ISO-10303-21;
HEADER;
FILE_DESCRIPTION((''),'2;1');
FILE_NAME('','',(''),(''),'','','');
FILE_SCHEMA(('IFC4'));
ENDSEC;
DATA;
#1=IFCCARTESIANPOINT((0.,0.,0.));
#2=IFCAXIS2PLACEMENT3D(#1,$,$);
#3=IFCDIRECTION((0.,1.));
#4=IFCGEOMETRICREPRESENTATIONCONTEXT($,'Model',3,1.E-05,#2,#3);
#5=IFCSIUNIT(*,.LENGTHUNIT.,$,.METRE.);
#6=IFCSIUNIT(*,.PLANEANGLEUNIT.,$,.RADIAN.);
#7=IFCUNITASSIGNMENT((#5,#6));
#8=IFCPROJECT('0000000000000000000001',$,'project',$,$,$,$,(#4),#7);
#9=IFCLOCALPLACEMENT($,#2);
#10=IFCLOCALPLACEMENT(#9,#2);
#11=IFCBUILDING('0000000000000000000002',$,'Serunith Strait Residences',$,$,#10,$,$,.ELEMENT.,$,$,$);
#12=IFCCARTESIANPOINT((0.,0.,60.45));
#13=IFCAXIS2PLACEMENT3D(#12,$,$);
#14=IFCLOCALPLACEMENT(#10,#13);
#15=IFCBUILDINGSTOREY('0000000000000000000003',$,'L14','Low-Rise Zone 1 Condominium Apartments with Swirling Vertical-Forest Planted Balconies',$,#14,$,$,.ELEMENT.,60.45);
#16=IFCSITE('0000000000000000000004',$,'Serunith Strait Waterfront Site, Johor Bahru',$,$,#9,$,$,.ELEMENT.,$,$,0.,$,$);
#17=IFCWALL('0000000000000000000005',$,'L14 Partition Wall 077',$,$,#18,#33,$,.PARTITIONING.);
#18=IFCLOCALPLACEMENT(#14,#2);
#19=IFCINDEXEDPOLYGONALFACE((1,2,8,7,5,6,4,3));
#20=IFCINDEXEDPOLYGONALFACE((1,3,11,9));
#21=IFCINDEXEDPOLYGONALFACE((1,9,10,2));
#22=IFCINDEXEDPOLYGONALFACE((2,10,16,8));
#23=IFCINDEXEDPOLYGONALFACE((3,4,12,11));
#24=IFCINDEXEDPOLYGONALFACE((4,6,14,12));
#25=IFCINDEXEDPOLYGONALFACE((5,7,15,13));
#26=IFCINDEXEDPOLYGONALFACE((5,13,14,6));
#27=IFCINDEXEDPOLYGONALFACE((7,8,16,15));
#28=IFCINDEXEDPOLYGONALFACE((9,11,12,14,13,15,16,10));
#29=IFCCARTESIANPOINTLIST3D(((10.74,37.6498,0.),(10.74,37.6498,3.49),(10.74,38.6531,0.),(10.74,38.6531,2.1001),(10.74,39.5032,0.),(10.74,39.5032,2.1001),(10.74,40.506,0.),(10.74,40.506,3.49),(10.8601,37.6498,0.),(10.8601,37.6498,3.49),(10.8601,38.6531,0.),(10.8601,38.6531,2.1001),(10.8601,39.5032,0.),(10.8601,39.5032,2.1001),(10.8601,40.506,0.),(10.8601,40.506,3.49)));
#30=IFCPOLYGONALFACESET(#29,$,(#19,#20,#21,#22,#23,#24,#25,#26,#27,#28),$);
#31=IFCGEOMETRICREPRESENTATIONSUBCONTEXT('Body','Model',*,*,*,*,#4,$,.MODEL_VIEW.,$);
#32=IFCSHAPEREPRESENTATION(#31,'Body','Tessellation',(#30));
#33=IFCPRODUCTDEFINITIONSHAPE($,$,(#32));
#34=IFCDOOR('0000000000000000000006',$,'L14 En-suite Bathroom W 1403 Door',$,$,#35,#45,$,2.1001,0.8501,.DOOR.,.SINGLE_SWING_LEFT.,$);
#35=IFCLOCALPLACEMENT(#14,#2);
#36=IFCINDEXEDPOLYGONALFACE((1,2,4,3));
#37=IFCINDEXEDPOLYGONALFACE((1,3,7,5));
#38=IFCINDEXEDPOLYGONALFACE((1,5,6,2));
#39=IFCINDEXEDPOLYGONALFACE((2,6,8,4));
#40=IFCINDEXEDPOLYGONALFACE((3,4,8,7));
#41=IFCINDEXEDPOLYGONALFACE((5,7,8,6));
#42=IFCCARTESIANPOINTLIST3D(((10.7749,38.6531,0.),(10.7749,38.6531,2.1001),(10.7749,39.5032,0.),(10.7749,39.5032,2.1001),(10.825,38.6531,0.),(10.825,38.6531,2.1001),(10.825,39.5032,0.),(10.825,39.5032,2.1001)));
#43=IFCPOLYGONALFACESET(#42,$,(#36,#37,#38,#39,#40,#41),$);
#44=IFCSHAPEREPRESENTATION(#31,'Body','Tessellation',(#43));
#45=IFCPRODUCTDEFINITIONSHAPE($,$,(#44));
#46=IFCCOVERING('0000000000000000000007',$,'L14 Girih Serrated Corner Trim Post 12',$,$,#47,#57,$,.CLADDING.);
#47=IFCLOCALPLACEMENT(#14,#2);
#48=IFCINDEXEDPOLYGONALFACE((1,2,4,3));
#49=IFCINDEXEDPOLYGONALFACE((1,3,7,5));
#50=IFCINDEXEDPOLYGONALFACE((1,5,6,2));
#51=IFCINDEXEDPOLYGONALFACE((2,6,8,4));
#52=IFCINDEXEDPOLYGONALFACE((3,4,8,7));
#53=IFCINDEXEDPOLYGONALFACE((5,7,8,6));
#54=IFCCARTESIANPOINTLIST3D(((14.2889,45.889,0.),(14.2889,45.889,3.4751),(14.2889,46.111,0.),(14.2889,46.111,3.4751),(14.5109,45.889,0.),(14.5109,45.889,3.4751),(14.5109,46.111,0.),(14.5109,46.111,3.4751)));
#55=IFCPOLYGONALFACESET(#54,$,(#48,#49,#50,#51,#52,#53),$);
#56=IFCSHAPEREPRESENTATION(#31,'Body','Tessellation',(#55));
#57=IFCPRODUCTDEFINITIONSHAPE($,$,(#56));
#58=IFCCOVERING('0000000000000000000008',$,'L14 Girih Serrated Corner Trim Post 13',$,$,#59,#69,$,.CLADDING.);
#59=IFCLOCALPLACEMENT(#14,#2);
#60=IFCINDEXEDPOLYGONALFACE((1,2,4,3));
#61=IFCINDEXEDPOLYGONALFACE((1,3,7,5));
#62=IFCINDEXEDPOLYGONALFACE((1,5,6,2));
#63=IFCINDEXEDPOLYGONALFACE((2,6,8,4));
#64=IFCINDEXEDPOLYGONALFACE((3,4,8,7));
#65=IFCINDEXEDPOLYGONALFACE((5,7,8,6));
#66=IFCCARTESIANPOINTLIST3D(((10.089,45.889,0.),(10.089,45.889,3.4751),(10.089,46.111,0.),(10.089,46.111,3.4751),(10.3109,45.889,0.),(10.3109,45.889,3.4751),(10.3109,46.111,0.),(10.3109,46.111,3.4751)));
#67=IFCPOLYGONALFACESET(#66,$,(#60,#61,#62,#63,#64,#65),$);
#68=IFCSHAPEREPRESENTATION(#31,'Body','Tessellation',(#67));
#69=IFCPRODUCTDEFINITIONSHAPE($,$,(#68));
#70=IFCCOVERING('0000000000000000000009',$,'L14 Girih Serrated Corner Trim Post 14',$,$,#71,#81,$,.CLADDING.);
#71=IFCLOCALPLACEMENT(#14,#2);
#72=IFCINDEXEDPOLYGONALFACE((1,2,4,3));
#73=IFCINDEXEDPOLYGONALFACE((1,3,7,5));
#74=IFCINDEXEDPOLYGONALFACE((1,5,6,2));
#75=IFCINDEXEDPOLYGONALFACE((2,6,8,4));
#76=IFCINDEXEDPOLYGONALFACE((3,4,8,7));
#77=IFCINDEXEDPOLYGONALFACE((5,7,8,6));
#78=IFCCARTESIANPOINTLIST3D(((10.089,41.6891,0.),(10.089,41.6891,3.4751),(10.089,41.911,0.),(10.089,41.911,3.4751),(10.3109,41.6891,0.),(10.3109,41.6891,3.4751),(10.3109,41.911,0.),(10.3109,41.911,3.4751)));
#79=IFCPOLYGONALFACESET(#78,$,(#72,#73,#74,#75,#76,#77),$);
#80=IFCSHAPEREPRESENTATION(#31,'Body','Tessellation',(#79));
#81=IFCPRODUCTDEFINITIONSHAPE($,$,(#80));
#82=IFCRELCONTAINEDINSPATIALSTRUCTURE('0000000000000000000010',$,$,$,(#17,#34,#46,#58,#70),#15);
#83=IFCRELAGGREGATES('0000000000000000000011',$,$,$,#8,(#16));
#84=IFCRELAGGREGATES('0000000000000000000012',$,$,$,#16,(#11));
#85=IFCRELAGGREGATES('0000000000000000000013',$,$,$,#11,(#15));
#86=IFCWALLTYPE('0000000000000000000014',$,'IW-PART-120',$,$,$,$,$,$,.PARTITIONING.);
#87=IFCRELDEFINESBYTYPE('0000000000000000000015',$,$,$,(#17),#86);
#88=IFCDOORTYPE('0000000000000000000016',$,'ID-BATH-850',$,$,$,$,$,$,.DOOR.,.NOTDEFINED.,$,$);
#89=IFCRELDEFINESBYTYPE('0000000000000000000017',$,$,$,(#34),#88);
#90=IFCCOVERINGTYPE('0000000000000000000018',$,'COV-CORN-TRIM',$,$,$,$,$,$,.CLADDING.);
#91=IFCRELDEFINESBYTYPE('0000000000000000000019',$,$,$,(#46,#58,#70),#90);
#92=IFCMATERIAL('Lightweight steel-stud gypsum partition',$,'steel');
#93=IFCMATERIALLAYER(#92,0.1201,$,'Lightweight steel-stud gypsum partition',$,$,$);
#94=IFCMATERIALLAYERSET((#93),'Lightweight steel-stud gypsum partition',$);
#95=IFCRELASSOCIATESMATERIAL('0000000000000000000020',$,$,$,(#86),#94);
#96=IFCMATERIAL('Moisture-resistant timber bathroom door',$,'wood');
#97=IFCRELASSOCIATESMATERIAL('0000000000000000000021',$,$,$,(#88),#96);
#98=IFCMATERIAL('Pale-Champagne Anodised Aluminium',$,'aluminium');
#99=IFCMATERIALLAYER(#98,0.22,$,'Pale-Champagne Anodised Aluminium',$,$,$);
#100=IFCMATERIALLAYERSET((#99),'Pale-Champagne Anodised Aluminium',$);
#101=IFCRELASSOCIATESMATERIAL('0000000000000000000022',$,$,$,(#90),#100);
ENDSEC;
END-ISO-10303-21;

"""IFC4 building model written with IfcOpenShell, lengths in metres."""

from ifc_helpers import new_model, si_unit, direction, frame, frame_2d, origin, origin_2d, place, context, subcontext, project, spatial, rectangle, extrude, source, transform, mapped, material, layer, layer_set, type_object, element, fill, save


model = new_model("IFC4")

# Units and contexts
model_context = context("Model", 3, precision=1e-05, world=origin(), true_north=direction((0.0, 1.0)))
body_context = subcontext(model_context, "Body", "Model", "MODEL_VIEW")
ifc_project = project(units=[si_unit("LENGTHUNIT", "METRE"), si_unit("PLANEANGLEUNIT", "RADIAN")], contexts=[model_context])

# Site, building, storey
site_placement = place(None, origin())
site = spatial("IfcSite", under=ifc_project, at=site_placement, Name="Serunith Strait Waterfront Site, Johor Bahru", CompositionType="ELEMENT", RefElevation=0.0)
building_placement = place(site_placement, origin())
building = spatial("IfcBuilding", under=site, at=building_placement, Name="Serunith Strait Residences", CompositionType="ELEMENT")
storey_placement = place(building_placement, frame((0.0, 0.0, 60.45)))
storey = spatial("IfcBuildingStorey", under=building, at=storey_placement, Name="L14", Description="Low-Rise Zone 1 Condominium Apartments with Swirling Vertical-Forest Planted Balconies", CompositionType="ELEMENT", Elevation=60.45)

# Shared definitions
ifc_material_1 = material(Name="Pale-Champagne Anodised Aluminium", Category="aluminium")

# Shared definitions
ifc_material_2 = material(Name="Lightweight steel-stud gypsum partition", Category="steel")
ifc_layer_1 = layer(ifc_material_2, 0.1201, Name="Lightweight steel-stud gypsum partition")
ifc_layer_set_1 = layer_set([ifc_layer_1], Name="Lightweight steel-stud gypsum partition")
wall_type_1 = type_object("IfcWallType", Name="IW-PART-120", PredefinedType="PARTITIONING", material=ifc_layer_set_1)

# Wall, opening, door
wall_1_placement = place(storey_placement, frame((10.8, 40.5061, 0.0), z_axis=(0.0, 0.0, 1.0), x_axis=(0.0, -1.0, 0.0)))
wall_1 = element("IfcWall", 1, at=wall_1_placement, inside=storey, type_object=wall_type_1, Name="L14 Partition Wall 077", PredefinedType="PARTITIONING", context=body_context, shape_type="SweptSolid", body=[
    extrude(rectangle(XDim=2.8562, YDim=0.1201, at=frame_2d((1.4282, 0.0))), origin(), (0.0, 0.0, 1.0), 3.49),
])
opening_1_placement = place(wall_1_placement, frame((1.0029, 0.0, 0.0)))
opening_1 = element("IfcOpeningElement", 2, at=opening_1_placement, cuts=wall_1, PredefinedType="OPENING", context=body_context, shape_type="SweptSolid", body=[
    extrude(rectangle(XDim=0.8501, YDim=2.1001, at=frame_2d((0.425, 1.05))), frame((0.0, 0.0701, 0.0), z_axis=(0.0, -1.0, 0.0), x_axis=(1.0, 0.0, 0.0)), (0.0, 0.0, 1.0), 0.1401),
])
ifc_material_3 = material(Name="Moisture-resistant timber bathroom door", Category="wood")
door_type = type_object("IfcDoorType", Name="ID-BATH-850", OperationType="NOTDEFINED", PredefinedType="DOOR", material=ifc_material_3)
shared_shape_1 = source(origin(), body_context, "Body", "SweptSolid", [
    extrude(rectangle(XDim=0.8501, YDim=2.1001, at=frame_2d((0.425, 1.05))), frame((0.0, 0.0249, 0.0), z_axis=(0.0, -1.0, 0.0), x_axis=(1.0, 0.0, 0.0)), (0.0, 0.0, 1.0), 0.05),
])
door_placement = place(opening_1_placement, origin())
door = element("IfcDoor", 3, at=door_placement, inside=storey, type_object=door_type, Name="L14 En-suite Bathroom W 1403 Door", OperationType="SINGLE_SWING_LEFT", OverallHeight=2.1001, OverallWidth=0.8501, PredefinedType="DOOR", context=body_context, shape_type="MappedRepresentation", body=[
    mapped(shared_shape_1, transform((0.0, 0.0, 0.0), scale=1.0)),
])
fill(opening_1, door)

# Coverings
ifc_layer_2 = layer(ifc_material_1, 0.22, Name="Pale-Champagne Anodised Aluminium")
ifc_layer_set_2 = layer_set([ifc_layer_2], Name="Pale-Champagne Anodised Aluminium")
covering_type = type_object("IfcCoveringType", Name="COV-CORN-TRIM", PredefinedType="CLADDING", material=ifc_layer_set_2)
shared_shape_2 = source(origin(), body_context, "Body", "SweptSolid", [
    extrude(rectangle(XDim=0.2219, YDim=0.2219, at=origin_2d()), origin(), (0.0, 0.0, 1.0), 3.4751),
])
for number, where, z_axis, x_axis, name in (
    (4, (14.3999, 46.0, 0.0), (0.0, 0.0, 1.0), (1.0, 0.0, 0.0), "L14 Girih Serrated Corner Trim Post 12"),
    (5, (10.2, 46.0, 0.0), (0.0, 0.0, 1.0), (1.0, 0.0, 0.0), "L14 Girih Serrated Corner Trim Post 13"),
    (6, (10.2, 41.8, 0.0), (0.0, 0.0, 1.0), (1.0, 0.0, 0.0), "L14 Girih Serrated Corner Trim Post 14"),
):
    element("IfcCovering", number, at=place(storey_placement, frame(where, z_axis=z_axis, x_axis=x_axis)), inside=storey, type_object=covering_type, Name=name, PredefinedType="CLADDING", context=body_context, shape_type="MappedRepresentation", body=[
        mapped(shared_shape_2, transform((0.0, 0.0, 0.0), scale=1.0)),
    ])

save(model, "model.ifc")
